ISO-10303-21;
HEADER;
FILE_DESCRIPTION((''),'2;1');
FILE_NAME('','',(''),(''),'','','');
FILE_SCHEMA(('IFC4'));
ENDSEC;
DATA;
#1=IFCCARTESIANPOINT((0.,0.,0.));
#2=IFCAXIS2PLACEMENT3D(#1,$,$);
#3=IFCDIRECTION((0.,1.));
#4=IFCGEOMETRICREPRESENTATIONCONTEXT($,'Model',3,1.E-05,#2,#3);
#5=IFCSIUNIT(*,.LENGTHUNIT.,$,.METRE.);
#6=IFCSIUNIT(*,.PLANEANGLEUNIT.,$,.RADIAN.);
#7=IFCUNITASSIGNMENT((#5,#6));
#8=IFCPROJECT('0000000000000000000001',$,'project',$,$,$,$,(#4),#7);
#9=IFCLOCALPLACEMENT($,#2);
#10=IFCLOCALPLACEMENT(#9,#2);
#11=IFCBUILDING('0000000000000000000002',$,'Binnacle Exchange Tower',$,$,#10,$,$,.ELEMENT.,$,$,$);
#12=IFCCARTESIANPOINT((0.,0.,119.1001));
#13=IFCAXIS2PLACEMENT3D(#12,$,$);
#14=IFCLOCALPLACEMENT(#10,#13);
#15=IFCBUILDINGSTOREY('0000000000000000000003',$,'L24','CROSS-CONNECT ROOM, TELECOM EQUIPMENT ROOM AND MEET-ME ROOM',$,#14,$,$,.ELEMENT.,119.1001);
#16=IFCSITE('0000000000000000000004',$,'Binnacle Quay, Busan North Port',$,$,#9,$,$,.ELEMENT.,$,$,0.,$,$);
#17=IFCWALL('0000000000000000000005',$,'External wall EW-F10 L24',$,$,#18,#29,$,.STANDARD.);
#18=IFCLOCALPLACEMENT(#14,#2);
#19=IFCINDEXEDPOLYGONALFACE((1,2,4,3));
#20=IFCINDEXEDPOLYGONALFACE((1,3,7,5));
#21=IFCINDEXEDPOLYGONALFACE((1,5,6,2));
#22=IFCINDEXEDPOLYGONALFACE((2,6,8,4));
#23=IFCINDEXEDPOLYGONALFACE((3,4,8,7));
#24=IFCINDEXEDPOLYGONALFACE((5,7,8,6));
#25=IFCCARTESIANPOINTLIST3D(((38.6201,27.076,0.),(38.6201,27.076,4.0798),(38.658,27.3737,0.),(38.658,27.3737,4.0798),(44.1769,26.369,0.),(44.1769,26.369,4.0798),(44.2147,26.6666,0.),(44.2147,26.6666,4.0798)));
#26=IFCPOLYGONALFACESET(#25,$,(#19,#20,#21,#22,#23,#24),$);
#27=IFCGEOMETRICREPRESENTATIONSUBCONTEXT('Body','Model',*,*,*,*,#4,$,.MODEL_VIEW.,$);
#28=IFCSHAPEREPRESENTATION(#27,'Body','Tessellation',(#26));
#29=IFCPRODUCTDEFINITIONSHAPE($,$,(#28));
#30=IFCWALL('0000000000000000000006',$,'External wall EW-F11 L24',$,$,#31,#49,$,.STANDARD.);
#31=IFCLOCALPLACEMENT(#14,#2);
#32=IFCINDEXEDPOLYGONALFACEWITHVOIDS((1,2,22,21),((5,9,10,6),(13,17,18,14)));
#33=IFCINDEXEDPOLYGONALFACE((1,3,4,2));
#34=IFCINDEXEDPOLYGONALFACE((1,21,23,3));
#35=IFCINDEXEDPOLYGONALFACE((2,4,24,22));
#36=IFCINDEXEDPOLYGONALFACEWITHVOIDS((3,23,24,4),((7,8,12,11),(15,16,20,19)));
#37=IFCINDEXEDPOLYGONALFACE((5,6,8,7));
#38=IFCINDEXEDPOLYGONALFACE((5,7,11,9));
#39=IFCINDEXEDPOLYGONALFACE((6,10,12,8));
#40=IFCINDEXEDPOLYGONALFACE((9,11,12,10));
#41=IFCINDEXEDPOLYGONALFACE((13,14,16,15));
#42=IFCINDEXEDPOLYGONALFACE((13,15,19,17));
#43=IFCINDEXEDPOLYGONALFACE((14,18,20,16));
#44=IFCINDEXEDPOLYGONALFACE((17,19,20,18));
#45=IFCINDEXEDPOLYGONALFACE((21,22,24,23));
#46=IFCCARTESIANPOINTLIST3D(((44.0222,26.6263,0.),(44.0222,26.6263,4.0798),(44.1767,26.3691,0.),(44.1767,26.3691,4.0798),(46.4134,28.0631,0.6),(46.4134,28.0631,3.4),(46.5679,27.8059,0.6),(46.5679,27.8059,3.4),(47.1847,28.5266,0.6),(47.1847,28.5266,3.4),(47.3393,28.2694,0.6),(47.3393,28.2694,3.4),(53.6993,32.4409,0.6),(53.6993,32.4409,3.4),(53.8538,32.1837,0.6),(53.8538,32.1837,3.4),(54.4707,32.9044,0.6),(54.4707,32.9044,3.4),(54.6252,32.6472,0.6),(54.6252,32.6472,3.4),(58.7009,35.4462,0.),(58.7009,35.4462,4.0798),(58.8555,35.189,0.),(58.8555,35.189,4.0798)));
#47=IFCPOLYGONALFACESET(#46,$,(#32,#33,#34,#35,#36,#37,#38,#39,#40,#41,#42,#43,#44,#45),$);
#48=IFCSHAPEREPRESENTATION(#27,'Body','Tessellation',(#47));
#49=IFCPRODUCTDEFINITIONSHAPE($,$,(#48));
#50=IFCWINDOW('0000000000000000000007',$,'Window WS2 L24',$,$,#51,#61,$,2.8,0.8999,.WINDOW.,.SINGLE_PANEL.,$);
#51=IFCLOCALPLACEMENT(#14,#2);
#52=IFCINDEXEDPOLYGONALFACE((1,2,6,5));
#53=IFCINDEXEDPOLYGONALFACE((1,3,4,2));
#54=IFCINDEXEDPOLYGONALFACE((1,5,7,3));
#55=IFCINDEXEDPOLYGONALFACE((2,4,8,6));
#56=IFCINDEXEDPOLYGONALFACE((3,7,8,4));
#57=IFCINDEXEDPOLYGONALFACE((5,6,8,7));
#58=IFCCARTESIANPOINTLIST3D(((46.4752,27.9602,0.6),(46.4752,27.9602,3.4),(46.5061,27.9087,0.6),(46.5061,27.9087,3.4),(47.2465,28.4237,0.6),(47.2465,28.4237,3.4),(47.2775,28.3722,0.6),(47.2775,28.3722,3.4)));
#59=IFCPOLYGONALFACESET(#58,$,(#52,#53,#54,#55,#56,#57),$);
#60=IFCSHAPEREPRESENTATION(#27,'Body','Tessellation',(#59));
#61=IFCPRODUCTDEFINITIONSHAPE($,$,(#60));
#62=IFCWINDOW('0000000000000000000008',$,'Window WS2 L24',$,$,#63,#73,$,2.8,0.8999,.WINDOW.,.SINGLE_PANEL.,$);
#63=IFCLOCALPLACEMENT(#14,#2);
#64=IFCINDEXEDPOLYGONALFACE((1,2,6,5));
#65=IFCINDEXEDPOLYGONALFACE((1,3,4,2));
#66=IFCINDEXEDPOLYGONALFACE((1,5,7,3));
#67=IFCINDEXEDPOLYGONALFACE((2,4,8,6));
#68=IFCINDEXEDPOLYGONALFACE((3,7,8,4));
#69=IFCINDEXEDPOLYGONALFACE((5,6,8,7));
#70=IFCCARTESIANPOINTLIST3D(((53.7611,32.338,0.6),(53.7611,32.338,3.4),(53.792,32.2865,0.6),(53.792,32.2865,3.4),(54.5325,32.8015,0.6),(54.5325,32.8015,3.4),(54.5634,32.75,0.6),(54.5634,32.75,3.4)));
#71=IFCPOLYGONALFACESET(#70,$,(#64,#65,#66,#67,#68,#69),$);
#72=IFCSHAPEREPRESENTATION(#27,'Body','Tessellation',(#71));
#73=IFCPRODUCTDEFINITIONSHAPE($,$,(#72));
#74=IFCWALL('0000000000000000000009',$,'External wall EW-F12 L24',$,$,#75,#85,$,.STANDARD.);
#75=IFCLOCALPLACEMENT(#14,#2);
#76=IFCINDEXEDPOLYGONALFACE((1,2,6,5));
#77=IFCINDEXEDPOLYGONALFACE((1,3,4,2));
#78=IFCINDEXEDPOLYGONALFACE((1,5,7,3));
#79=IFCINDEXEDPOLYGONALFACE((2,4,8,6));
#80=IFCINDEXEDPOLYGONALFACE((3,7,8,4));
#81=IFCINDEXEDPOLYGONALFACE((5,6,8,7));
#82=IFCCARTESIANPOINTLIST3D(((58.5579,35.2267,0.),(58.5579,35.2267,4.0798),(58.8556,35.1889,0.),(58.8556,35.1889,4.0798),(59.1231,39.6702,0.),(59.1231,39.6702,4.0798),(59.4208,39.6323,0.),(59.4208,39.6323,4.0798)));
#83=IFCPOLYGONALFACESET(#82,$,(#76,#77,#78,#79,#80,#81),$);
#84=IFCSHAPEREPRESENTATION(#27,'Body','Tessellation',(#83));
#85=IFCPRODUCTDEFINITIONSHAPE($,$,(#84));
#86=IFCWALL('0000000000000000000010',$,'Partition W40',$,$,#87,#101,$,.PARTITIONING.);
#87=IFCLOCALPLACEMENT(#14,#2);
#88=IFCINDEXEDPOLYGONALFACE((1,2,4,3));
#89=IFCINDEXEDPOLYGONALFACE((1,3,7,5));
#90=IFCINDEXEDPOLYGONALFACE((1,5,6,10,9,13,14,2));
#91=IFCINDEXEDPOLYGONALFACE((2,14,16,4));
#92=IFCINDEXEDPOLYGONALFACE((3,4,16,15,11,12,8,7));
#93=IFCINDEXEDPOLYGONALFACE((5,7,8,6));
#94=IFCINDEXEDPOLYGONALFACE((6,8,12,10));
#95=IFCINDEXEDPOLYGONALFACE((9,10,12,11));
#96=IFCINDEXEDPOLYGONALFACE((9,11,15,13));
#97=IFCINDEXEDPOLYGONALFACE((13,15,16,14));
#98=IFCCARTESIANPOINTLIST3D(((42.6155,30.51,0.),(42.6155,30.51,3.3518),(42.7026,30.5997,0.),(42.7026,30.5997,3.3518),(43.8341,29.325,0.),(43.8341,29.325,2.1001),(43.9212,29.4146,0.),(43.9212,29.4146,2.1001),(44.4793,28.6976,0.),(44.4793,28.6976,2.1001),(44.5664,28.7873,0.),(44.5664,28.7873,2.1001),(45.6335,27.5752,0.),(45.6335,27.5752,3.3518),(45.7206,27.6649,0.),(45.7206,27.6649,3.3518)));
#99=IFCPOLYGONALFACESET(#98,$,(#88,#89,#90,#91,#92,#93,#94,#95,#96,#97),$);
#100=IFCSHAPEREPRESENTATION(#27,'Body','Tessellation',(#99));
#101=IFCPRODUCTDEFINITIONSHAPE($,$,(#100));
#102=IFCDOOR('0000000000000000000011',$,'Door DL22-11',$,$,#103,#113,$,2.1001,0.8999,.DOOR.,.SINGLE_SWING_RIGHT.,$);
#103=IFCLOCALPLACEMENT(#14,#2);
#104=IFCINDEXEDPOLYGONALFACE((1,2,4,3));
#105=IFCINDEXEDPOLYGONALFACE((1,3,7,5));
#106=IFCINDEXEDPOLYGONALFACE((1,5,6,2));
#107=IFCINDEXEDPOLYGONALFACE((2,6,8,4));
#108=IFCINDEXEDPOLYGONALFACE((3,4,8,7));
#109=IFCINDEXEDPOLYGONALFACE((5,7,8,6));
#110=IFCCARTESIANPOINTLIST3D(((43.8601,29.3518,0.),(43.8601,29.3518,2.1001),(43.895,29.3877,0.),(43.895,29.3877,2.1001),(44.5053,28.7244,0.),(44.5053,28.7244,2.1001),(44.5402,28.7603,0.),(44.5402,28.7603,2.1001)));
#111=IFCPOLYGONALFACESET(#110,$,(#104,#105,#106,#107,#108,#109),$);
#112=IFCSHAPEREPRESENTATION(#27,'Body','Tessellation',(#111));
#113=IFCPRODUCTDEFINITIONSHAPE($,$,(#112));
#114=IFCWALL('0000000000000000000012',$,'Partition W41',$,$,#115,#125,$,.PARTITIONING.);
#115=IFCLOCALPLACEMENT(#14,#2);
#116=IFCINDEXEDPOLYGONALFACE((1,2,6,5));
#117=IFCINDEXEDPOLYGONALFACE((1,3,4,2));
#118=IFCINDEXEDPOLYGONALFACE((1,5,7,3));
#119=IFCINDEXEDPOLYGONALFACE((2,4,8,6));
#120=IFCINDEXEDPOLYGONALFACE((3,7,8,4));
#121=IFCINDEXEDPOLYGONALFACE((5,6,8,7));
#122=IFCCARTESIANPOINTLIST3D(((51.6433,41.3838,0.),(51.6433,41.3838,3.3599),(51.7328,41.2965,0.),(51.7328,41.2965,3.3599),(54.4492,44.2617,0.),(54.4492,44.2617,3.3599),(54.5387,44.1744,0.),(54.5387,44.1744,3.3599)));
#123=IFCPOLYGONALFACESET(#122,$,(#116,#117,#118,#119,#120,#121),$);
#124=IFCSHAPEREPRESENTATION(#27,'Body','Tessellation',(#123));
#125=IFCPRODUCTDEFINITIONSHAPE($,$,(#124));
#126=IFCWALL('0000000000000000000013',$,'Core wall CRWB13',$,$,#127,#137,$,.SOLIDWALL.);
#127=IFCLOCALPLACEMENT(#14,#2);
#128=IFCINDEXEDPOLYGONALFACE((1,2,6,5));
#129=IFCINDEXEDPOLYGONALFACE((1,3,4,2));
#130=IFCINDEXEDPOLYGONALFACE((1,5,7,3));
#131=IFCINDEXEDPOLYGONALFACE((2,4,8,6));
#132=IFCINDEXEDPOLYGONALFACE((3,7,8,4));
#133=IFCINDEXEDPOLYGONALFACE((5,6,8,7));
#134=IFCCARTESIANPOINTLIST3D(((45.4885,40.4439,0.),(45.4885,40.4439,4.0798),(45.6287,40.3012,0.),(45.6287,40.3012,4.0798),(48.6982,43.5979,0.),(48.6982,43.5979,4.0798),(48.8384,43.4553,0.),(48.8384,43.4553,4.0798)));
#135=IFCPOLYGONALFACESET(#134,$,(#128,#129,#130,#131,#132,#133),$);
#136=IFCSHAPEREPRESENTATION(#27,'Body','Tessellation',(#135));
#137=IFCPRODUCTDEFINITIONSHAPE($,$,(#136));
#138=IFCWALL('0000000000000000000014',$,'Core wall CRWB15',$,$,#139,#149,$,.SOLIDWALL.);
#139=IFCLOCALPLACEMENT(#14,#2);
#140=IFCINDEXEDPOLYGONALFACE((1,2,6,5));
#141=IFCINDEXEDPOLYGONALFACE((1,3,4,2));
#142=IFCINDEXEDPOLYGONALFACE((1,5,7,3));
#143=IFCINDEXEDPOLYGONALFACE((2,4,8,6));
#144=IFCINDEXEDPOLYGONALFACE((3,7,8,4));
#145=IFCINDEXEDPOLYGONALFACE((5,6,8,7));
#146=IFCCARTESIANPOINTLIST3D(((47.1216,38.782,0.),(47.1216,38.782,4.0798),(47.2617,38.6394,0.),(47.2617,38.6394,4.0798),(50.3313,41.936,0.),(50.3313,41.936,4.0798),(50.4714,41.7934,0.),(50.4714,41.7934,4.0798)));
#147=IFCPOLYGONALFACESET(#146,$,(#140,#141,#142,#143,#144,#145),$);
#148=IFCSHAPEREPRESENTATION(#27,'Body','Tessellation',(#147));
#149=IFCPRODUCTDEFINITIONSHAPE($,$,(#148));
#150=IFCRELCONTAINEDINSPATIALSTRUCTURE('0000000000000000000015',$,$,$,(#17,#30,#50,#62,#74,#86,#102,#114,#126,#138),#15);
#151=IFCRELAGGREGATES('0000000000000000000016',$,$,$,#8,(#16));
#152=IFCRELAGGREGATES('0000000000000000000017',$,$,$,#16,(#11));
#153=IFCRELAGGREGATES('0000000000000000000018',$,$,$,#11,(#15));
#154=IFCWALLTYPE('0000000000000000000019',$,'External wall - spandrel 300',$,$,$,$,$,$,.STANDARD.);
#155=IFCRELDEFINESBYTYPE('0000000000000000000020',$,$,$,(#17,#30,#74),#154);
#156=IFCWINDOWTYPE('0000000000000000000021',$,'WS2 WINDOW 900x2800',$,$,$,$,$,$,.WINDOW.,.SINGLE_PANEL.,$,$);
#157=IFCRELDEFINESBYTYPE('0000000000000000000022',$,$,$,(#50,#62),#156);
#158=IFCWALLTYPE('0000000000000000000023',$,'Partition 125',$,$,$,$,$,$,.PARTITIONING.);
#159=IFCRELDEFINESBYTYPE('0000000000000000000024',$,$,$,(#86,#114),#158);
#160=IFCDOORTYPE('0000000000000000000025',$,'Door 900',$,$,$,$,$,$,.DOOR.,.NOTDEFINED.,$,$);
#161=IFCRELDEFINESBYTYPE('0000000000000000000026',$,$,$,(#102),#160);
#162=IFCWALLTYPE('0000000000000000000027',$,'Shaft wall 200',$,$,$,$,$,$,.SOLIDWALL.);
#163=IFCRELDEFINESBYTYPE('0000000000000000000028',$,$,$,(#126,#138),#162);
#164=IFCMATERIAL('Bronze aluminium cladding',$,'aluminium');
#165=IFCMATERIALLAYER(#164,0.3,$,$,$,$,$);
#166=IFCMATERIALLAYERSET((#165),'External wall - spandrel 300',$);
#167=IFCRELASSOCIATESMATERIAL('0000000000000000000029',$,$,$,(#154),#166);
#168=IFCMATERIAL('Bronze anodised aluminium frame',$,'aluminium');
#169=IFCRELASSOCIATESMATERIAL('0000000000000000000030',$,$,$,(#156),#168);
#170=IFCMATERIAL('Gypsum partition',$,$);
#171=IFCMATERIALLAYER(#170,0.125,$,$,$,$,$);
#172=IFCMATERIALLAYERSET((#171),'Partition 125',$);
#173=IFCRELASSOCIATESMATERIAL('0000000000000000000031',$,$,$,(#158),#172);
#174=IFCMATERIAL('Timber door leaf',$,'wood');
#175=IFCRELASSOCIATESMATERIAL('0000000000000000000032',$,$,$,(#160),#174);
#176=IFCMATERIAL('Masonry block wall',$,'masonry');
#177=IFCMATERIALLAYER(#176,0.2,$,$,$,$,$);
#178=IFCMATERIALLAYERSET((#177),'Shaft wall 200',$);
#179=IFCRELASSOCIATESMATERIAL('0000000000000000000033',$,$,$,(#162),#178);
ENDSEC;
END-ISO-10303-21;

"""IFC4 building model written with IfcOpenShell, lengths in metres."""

from ifc_helpers import new_model, si_unit, direction, frame, frame_2d, origin, place, context, subcontext, project, spatial, rectangle, extrude, material, layer, layer_set, type_object, element, fill, save


model = new_model("IFC4")

# Units and contexts
model_context = context("Model", 3, precision=1e-05, world=origin(), true_north=direction((0.0, 1.0)))
body_context = subcontext(model_context, "Body", "Model", "MODEL_VIEW")
ifc_project = project(units=[si_unit("LENGTHUNIT", "METRE"), si_unit("PLANEANGLEUNIT", "RADIAN")], contexts=[model_context])

# Site, building, storey
site_placement = place(None, origin())
site = spatial("IfcSite", under=ifc_project, at=site_placement, Name="Binnacle Quay, Busan North Port", CompositionType="ELEMENT", RefElevation=0.0)
building_placement = place(site_placement, origin())
building = spatial("IfcBuilding", under=site, at=building_placement, Name="Binnacle Exchange Tower", CompositionType="ELEMENT")
storey_placement = place(building_placement, frame((0.0, 0.0, 119.1001)))
storey = spatial("IfcBuildingStorey", under=building, at=storey_placement, Name="L24", Description="CROSS-CONNECT ROOM, TELECOM EQUIPMENT ROOM AND MEET-ME ROOM", CompositionType="ELEMENT", Elevation=119.1001)

# Wall
ifc_material_1 = material(Name="Bronze aluminium cladding", Category="aluminium")
ifc_layer_1 = layer(ifc_material_1, 0.3)
ifc_layer_set_1 = layer_set([ifc_layer_1], Name="External wall - spandrel 300")
wall_type_1 = type_object("IfcWallType", Name="External wall - spandrel 300", PredefinedType="STANDARD", material=ifc_layer_set_1)
wall_1_placement = place(storey_placement, frame((44.1958, 26.5178, 0.0), z_axis=(0.0, 0.0, 1.0), x_axis=(-0.992002, 0.126223, 0.0)))
element("IfcWall", 1, at=wall_1_placement, inside=storey, type_object=wall_type_1, Name="External wall EW-F10 L24", PredefinedType="STANDARD", context=body_context, shape_type="SweptSolid", body=[
    extrude(rectangle(XDim=5.6016, YDim=0.3, at=frame_2d((2.8008, 0.0))), origin(), (0.0, 0.0, 1.0), 4.0798),
])

# Wall, openings, windows
wall_2_placement = place(storey_placement, frame((58.7783, 35.3176, 0.0), z_axis=(0.0, 0.0, 1.0), x_axis=(-0.857168, -0.515037, 0.0)))
wall_2 = element("IfcWall", 2, at=wall_2_placement, inside=storey, type_object=wall_type_1, Name="External wall EW-F11 L24", PredefinedType="STANDARD", context=body_context, shape_type="SweptSolid", body=[
    extrude(rectangle(XDim=17.1248, YDim=0.3, at=frame_2d((8.5625, 0.0))), origin(), (0.0, 0.0, 1.0), 4.0798),
])
opening_1_placement = place(wall_2_placement, frame((13.4353, 0.0, 0.6001)))
opening_1 = element("IfcOpeningElement", 3, at=opening_1_placement, cuts=wall_2, PredefinedType="OPENING", context=body_context, shape_type="SweptSolid", body=[
    extrude(rectangle(XDim=0.8999, YDim=2.8, at=frame_2d((0.45, 1.3999))), frame((0.0, 0.1599, 0.0), z_axis=(0.0, -1.0, 0.0), x_axis=(1.0, 0.0, 0.0)), (0.0, 0.0, 1.0), 0.3201),
])
opening_2_placement = place(wall_2_placement, frame((4.9353, 0.0, 0.6001)))
opening_2 = element("IfcOpeningElement", 4, at=opening_2_placement, cuts=wall_2, PredefinedType="OPENING", context=body_context, shape_type="SweptSolid", body=[
    extrude(rectangle(XDim=0.8999, YDim=2.8, at=frame_2d((0.45, 1.3999))), frame((0.0, 0.1599, 0.0), z_axis=(0.0, -1.0, 0.0), x_axis=(1.0, 0.0, 0.0)), (0.0, 0.0, 1.0), 0.3201),
])
ifc_material_2 = material(Name="Bronze anodised aluminium frame", Category="aluminium")
window_type = type_object("IfcWindowType", Name="WS2 WINDOW 900x2800", PartitioningType="SINGLE_PANEL", PredefinedType="WINDOW", material=ifc_material_2)
window_1_placement = place(opening_1_placement, origin())
window_1 = element("IfcWindow", 5, at=window_1_placement, inside=storey, type_object=window_type, Name="Window WS2 L24", OverallHeight=2.8, OverallWidth=0.8999, PartitioningType="SINGLE_PANEL", PredefinedType="WINDOW", context=body_context, shape_type="SweptSolid", body=[
    extrude(rectangle(XDim=0.8999, YDim=2.8, at=frame_2d((0.45, 1.3999))), frame((0.0, 0.03, 0.0), z_axis=(0.0, -1.0, 0.0), x_axis=(1.0, 0.0, 0.0)), (0.0, 0.0, 1.0), 0.0601),
])
fill(opening_1, window_1)
window_2_placement = place(opening_2_placement, origin())
window_2 = element("IfcWindow", 6, at=window_2_placement, inside=storey, type_object=window_type, Name="Window WS2 L24", OverallHeight=2.8, OverallWidth=0.8999, PartitioningType="SINGLE_PANEL", PredefinedType="WINDOW", context=body_context, shape_type="SweptSolid", body=[
    extrude(rectangle(XDim=0.8999, YDim=2.8, at=frame_2d((0.45, 1.3999))), frame((0.0, 0.03, 0.0), z_axis=(0.0, -1.0, 0.0), x_axis=(1.0, 0.0, 0.0)), (0.0, 0.0, 1.0), 0.0601),
])
fill(opening_2, window_2)

# Wall
wall_3_placement = place(storey_placement, frame((59.272, 39.6514, 0.0), z_axis=(0.0, 0.0, 1.0), x_axis=(-0.126181, -0.992007, 0.0)))
element("IfcWall", 7, at=wall_3_placement, inside=storey, type_object=wall_type_1, Name="External wall EW-F12 L24", PredefinedType="STANDARD", context=body_context, shape_type="SweptSolid", body=[
    extrude(rectangle(XDim=4.4792, YDim=0.3, at=frame_2d((2.2397, 0.0))), origin(), (0.0, 0.0, 1.0), 4.0798),
])

# Wall, opening, door
ifc_material_3 = material(Name="Gypsum partition")
ifc_layer_2 = layer(ifc_material_3, 0.125)
ifc_layer_set_2 = layer_set([ifc_layer_2], Name="Partition 125")
wall_type_2 = type_object("IfcWallType", Name="Partition 125", PredefinedType="PARTITIONING", material=ifc_layer_set_2)
wall_4_placement = place(storey_placement, frame((42.6589, 30.5549, 0.0), z_axis=(0.0, 0.0, 1.0), x_axis=(0.716926, -0.69715, 0.0)))
wall_4 = element("IfcWall", 8, at=wall_4_placement, inside=storey, type_object=wall_type_2, Name="Partition W40", PredefinedType="PARTITIONING", context=body_context, shape_type="SweptSolid", body=[
    extrude(rectangle(XDim=4.2097, YDim=0.125, at=frame_2d((2.105, 0.0))), origin(), (0.0, 0.0, 1.0), 3.3518),
])
opening_3_placement = place(wall_4_placement, frame((1.7, 0.0, 0.0)))
opening_3 = element("IfcOpeningElement", 9, at=opening_3_placement, cuts=wall_4, PredefinedType="OPENING", context=body_context, shape_type="SweptSolid", body=[
    extrude(rectangle(XDim=0.8999, YDim=2.1001, at=frame_2d((0.45, 1.05))), frame((0.0, 0.0725, 0.0), z_axis=(0.0, -1.0, 0.0), x_axis=(1.0, 0.0, 0.0)), (0.0, 0.0, 1.0), 0.145),
])
ifc_material_4 = material(Name="Timber door leaf", Category="wood")
door_type_1 = type_object("IfcDoorType", Name="Door 900", OperationType="NOTDEFINED", PredefinedType="DOOR", material=ifc_material_4)
door_1_placement = place(opening_3_placement, origin())
door_1 = element("IfcDoor", 10, at=door_1_placement, inside=storey, type_object=door_type_1, Name="Door DL22-11", OperationType="SINGLE_SWING_RIGHT", OverallHeight=2.1001, OverallWidth=0.8999, PredefinedType="DOOR", context=body_context, shape_type="SweptSolid", body=[
    extrude(rectangle(XDim=0.8999, YDim=2.1001, at=frame_2d((0.45, 1.05))), frame((0.0, 0.0249, 0.0), z_axis=(0.0, -1.0, 0.0), x_axis=(1.0, 0.0, 0.0)), (0.0, 0.0, 1.0), 0.05),
])
fill(opening_3, door_1)

# Walls
wall_5_placement = place(storey_placement, frame((51.688, 41.3401, 0.0), z_axis=(0.0, 0.0, 1.0), x_axis=(0.698091, 0.716009, 0.0)))
element("IfcWall", 11, at=wall_5_placement, inside=storey, type_object=wall_type_2, Name="Partition W41", PredefinedType="PARTITIONING", context=body_context, shape_type="SweptSolid", body=[
    extrude(rectangle(XDim=4.0193, YDim=0.125, at=frame_2d((2.0098, 0.0))), origin(), (0.0, 0.0, 1.0), 3.3599),
])
ifc_material_5 = material(Name="Masonry block wall", Category="masonry")
ifc_layer_3 = layer(ifc_material_5, 0.2)
ifc_layer_set_3 = layer_set([ifc_layer_3], Name="Shaft wall 200")
wall_type_3 = type_object("IfcWallType", Name="Shaft wall 200", PredefinedType="SOLIDWALL", material=ifc_layer_set_3)
for number, where, z_axis, x_axis, name in (
    (12, (45.5586, 40.3726, 0.0), (0.0, 0.0, 1.0), (0.713265, 0.700895, 0.0), "Core wall CRWB13"),
    (13, (47.1917, 38.7107, 0.0), (0.0, 0.0, 1.0), (0.713265, 0.700895, 0.0), "Core wall CRWB15"),
):
    element("IfcWall", number, at=place(storey_placement, frame(where, z_axis=z_axis, x_axis=x_axis)), inside=storey, type_object=wall_type_3, Name=name, PredefinedType="SOLIDWALL", context=body_context, shape_type="SweptSolid", body=[
        extrude(rectangle(XDim=4.5, YDim=0.2, at=frame_2d((2.25, 0.0))), origin(), (0.0, 0.0, 1.0), 4.0798),
    ])

save(model, "model.ifc")
